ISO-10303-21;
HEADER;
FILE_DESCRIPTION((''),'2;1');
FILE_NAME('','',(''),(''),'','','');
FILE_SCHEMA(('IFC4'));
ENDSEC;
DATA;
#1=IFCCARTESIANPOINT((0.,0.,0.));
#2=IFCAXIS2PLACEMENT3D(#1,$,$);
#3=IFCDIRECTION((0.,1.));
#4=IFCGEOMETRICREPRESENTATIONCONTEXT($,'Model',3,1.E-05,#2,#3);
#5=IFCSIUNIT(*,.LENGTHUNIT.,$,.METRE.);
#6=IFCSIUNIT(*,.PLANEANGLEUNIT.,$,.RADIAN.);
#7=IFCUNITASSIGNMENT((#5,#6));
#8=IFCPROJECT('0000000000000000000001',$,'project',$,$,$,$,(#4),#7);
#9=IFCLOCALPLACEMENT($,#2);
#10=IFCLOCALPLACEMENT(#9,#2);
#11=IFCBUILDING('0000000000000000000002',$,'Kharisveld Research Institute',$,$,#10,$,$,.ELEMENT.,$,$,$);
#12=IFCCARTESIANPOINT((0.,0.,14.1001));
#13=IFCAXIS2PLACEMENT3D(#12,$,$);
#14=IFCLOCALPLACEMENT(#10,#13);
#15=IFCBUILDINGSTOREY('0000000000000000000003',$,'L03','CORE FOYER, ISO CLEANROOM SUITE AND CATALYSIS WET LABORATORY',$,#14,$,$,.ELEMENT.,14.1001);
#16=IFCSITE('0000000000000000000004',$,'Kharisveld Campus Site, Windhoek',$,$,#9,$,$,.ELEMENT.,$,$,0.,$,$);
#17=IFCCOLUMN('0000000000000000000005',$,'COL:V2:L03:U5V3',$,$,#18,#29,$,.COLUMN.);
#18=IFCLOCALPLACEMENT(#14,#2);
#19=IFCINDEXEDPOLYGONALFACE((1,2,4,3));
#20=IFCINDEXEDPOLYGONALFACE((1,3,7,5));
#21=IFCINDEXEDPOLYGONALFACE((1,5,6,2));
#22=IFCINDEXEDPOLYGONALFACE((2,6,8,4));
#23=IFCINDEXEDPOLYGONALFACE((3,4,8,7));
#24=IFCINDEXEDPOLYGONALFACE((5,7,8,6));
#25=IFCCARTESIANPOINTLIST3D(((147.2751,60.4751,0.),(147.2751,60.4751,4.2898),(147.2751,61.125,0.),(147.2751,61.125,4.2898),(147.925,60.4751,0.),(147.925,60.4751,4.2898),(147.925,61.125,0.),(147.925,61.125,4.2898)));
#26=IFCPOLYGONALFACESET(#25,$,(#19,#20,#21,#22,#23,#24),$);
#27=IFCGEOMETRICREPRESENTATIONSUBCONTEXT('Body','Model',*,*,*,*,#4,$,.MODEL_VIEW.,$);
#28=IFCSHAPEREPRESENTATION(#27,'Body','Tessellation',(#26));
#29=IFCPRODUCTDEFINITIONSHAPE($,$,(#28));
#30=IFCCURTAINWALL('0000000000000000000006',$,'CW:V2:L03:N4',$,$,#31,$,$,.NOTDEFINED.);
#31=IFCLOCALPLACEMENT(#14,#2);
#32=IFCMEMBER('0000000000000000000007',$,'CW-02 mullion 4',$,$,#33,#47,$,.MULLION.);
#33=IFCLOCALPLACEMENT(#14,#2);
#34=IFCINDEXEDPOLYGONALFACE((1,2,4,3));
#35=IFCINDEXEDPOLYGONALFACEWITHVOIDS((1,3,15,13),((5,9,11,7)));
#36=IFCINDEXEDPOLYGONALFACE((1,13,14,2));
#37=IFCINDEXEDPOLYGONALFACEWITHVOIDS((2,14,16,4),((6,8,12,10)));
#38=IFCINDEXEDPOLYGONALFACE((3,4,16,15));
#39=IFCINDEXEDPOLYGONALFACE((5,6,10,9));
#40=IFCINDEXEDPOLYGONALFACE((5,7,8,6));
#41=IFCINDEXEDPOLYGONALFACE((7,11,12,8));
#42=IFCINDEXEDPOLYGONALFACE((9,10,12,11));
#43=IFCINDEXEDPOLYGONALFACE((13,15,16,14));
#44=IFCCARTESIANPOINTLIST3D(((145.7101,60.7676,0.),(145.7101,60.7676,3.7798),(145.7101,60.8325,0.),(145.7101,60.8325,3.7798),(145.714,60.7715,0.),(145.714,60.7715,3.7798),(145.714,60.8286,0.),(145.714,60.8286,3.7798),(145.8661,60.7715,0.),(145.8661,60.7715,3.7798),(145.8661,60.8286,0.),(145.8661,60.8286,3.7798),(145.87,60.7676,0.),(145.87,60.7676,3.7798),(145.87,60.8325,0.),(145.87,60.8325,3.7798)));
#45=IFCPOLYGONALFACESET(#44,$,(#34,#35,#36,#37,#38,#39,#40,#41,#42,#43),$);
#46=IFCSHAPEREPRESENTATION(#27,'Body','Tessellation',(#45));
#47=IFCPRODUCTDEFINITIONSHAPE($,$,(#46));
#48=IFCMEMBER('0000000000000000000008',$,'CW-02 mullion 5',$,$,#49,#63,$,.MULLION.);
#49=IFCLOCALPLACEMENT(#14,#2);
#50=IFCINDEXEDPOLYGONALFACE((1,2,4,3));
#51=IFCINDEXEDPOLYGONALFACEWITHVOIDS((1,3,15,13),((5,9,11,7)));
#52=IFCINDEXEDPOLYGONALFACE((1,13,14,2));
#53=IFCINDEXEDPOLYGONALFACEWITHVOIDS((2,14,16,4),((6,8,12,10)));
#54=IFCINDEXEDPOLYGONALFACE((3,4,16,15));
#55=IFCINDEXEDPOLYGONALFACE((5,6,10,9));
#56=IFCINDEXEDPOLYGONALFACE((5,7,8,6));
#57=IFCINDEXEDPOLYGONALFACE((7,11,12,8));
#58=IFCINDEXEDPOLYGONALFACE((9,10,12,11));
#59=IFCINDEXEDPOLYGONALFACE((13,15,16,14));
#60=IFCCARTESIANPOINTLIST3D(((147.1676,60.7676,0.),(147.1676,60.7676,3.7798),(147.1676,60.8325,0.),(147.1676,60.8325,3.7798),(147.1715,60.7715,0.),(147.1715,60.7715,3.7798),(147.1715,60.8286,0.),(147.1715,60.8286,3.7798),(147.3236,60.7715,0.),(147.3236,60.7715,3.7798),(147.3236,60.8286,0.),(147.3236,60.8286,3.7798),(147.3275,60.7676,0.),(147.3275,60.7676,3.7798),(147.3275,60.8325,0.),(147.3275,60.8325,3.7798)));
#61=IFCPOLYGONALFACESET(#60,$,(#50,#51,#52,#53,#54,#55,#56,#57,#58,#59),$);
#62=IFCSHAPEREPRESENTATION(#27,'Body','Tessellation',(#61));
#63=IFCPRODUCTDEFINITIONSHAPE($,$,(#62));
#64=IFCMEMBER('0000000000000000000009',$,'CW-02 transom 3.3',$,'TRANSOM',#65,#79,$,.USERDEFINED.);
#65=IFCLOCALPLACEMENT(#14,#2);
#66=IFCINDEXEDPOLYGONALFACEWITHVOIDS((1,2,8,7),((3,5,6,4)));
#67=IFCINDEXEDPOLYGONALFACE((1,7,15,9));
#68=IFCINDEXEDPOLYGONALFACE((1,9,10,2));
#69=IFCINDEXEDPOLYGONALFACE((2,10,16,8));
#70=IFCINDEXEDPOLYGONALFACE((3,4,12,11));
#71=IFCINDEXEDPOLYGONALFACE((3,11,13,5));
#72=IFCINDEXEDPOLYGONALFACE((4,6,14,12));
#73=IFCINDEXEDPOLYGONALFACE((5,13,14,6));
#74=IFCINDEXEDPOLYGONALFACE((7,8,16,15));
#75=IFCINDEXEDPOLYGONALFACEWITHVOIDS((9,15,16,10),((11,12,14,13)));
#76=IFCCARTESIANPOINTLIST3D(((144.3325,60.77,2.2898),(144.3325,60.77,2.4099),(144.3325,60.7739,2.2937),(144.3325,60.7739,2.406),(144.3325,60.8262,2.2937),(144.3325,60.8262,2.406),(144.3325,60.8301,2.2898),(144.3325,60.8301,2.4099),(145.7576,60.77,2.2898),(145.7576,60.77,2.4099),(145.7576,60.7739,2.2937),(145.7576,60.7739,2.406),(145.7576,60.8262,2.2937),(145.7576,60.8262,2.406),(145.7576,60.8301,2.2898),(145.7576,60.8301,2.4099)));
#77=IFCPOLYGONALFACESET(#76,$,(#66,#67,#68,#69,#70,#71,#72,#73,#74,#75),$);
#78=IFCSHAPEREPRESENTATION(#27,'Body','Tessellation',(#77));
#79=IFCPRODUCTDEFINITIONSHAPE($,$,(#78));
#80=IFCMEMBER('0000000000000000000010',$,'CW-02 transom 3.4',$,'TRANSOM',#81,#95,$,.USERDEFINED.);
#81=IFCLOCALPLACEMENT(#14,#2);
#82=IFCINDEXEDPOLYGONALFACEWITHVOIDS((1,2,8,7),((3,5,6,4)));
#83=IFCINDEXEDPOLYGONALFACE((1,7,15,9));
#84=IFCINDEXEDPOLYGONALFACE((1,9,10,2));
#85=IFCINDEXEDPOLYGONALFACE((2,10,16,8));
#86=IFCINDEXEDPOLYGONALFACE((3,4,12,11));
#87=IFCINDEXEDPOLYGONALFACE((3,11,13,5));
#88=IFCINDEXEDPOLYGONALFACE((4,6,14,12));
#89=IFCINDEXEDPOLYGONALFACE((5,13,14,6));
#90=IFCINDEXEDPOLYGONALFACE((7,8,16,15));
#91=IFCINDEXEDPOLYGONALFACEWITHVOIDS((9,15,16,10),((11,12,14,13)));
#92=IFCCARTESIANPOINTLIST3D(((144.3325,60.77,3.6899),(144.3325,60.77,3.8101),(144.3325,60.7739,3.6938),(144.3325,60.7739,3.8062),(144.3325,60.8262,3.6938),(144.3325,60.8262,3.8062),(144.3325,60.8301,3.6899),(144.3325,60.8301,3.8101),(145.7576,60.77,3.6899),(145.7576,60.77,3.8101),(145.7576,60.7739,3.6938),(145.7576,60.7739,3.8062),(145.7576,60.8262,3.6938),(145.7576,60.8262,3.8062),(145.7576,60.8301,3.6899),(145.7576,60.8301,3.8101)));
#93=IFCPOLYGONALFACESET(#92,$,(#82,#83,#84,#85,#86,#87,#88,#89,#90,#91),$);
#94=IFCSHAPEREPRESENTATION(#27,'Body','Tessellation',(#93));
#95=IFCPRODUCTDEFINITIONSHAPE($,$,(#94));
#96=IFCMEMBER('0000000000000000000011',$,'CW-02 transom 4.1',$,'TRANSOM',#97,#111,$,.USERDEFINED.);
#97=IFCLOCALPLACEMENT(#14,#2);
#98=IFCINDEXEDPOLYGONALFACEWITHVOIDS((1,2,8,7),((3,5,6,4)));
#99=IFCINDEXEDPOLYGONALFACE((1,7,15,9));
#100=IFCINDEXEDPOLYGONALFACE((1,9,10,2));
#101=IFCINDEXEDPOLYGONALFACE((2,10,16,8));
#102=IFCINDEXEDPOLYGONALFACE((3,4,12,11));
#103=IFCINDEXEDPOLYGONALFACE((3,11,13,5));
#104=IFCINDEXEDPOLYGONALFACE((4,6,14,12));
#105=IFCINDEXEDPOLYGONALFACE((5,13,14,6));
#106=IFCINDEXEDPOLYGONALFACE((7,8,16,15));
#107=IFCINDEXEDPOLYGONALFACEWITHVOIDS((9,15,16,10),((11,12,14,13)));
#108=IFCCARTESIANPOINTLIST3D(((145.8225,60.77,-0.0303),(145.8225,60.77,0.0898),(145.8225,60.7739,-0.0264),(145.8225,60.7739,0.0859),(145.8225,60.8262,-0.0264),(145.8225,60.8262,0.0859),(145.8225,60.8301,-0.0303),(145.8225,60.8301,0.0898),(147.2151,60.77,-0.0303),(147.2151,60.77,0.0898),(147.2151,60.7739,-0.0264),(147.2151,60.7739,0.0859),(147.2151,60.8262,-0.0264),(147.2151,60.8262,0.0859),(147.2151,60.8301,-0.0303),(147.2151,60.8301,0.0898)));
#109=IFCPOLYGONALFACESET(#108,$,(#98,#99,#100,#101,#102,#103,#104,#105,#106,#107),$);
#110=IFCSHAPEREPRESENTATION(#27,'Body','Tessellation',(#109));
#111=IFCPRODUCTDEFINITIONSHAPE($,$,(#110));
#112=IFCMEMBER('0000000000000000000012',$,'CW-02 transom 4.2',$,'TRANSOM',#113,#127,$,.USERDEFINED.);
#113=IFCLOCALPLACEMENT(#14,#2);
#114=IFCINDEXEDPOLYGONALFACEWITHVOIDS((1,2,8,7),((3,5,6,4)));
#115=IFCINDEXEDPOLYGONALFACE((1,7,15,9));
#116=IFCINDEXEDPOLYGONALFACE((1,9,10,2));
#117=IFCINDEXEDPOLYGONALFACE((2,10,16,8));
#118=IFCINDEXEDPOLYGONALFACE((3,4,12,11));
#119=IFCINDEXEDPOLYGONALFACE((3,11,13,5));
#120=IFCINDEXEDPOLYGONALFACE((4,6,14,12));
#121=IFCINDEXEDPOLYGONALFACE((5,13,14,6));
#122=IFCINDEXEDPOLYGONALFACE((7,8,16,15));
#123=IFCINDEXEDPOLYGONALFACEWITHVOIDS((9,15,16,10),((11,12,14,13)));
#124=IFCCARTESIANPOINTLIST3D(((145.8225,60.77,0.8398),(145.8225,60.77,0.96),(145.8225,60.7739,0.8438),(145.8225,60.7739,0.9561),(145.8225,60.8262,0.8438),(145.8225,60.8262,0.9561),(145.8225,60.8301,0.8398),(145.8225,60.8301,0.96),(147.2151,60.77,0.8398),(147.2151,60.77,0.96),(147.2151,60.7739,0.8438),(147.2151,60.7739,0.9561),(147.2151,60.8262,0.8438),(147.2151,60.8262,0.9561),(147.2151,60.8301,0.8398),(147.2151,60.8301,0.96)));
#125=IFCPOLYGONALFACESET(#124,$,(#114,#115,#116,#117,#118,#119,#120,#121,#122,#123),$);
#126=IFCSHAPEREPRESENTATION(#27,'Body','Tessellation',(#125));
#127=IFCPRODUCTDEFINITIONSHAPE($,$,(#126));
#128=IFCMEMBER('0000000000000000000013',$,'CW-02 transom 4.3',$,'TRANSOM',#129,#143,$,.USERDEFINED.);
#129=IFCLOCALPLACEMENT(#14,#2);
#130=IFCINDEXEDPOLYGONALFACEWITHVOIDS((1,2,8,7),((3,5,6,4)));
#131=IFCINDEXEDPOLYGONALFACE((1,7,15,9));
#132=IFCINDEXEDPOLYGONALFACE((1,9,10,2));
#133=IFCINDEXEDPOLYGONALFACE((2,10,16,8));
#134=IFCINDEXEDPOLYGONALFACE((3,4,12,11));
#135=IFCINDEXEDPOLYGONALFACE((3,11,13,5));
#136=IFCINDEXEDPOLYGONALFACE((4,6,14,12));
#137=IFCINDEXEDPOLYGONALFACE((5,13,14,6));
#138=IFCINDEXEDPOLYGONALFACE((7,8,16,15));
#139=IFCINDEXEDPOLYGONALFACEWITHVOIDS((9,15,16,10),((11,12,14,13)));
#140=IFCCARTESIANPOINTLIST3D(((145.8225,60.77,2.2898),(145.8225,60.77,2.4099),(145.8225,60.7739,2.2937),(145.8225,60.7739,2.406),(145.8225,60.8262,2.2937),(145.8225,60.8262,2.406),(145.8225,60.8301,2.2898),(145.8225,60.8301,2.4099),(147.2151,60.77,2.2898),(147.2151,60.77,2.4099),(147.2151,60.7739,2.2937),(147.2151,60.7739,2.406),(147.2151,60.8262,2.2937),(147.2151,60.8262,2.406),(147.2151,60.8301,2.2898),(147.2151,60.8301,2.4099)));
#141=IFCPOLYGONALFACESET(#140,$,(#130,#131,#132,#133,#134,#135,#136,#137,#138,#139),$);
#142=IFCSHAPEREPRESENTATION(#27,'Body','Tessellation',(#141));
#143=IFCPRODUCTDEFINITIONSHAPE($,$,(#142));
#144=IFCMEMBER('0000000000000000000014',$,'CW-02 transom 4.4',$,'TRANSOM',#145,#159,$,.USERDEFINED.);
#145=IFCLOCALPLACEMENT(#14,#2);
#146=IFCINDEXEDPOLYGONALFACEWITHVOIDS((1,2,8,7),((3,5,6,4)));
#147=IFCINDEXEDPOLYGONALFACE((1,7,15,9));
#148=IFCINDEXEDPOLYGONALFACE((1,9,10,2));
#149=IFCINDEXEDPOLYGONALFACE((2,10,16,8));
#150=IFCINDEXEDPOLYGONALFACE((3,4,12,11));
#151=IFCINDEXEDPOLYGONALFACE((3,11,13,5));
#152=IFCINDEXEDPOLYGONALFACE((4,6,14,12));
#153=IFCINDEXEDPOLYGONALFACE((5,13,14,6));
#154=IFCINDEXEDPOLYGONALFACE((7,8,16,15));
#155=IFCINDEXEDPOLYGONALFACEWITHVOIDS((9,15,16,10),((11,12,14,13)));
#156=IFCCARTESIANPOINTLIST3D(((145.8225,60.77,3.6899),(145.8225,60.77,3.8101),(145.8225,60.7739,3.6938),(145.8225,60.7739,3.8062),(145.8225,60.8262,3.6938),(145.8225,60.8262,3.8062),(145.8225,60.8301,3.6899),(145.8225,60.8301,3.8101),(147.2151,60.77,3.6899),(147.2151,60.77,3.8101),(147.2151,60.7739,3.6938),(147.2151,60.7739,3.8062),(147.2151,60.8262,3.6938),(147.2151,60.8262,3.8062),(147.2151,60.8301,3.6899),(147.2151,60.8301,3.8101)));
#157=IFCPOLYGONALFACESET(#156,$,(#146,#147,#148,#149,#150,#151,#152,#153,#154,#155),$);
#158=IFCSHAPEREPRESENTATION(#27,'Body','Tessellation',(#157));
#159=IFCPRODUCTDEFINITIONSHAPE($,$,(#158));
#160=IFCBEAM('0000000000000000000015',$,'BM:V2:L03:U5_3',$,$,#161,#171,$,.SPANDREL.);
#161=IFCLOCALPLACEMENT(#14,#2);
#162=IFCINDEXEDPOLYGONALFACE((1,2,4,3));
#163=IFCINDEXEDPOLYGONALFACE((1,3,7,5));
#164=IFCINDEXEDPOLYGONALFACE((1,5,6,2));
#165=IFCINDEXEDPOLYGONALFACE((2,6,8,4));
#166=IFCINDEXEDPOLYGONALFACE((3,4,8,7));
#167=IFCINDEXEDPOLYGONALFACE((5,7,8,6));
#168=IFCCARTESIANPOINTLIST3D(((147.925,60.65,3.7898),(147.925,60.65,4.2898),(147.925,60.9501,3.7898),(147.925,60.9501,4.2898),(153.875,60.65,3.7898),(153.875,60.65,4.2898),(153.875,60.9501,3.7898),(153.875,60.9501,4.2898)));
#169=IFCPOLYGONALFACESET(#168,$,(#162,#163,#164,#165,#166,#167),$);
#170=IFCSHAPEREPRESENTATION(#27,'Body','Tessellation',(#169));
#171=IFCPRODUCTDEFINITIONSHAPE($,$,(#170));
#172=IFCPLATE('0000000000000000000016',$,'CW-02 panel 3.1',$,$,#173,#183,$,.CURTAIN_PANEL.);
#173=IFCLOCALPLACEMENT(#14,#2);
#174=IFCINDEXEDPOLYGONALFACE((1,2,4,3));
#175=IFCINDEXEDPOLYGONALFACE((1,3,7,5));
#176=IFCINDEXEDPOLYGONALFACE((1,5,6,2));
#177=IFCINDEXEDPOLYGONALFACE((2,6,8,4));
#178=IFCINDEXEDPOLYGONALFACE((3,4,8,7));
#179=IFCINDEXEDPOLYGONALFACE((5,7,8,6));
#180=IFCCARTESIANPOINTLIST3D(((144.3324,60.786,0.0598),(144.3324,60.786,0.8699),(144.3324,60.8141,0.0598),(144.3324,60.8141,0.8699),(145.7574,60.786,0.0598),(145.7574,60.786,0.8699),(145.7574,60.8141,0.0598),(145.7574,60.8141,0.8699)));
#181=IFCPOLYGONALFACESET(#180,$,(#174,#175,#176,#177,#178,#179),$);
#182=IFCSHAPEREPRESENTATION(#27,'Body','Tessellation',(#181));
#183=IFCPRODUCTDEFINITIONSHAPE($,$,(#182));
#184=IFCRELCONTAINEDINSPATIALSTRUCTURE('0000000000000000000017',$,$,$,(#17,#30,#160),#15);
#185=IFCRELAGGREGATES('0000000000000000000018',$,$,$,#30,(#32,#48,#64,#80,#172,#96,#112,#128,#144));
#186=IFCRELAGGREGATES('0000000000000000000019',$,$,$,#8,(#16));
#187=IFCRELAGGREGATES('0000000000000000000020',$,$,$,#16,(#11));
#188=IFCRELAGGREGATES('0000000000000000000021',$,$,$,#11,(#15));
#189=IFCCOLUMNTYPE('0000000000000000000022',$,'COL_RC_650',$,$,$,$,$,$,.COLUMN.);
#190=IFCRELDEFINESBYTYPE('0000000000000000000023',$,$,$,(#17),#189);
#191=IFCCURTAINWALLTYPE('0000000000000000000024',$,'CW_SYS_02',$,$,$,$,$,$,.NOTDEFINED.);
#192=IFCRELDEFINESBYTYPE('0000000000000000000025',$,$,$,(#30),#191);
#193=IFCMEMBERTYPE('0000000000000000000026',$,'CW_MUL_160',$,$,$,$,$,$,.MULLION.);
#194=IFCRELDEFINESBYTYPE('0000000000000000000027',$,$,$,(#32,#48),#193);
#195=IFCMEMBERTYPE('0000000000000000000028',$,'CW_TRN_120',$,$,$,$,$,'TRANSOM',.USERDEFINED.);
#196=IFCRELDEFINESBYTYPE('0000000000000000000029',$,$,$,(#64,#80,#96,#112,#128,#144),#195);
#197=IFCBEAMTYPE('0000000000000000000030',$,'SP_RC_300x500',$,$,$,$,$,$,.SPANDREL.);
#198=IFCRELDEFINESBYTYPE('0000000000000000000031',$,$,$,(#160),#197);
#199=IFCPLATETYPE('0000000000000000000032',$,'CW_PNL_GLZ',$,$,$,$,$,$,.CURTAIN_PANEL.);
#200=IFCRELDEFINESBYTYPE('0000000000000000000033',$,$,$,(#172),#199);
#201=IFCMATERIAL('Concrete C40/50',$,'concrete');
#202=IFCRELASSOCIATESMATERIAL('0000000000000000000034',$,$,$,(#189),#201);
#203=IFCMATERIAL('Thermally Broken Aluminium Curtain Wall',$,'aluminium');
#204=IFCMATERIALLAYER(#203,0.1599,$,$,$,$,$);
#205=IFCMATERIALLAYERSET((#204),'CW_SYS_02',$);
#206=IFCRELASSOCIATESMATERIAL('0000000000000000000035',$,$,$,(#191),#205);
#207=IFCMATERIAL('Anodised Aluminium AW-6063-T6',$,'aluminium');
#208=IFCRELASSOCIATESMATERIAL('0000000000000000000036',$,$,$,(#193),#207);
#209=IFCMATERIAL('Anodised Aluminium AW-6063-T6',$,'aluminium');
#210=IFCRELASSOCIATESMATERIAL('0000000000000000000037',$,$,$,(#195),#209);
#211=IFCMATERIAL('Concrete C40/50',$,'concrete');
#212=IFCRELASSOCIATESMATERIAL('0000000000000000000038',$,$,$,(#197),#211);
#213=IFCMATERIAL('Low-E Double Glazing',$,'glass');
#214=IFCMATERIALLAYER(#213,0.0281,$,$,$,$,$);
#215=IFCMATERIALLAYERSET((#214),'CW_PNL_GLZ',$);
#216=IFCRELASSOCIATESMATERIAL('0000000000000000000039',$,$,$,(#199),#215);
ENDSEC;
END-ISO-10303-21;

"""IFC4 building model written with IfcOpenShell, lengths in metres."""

from ifc_helpers import new_model, si_unit, direction, frame, origin, origin_2d, place, context, subcontext, project, spatial, rectangle, hollow_rectangle, extrude, material, layer, layer_set, material_profile, profile_set, type_object, element, aggregate, save


model = new_model("IFC4")

# Units and contexts
model_context = context("Model", 3, precision=1e-05, world=origin(), true_north=direction((0.0, 1.0)))
body_context = subcontext(model_context, "Body", "Model", "MODEL_VIEW")
ifc_project = project(units=[si_unit("LENGTHUNIT", "METRE"), si_unit("PLANEANGLEUNIT", "RADIAN")], contexts=[model_context])

# Site, building, storey
site_placement = place(None, origin())
site = spatial("IfcSite", under=ifc_project, at=site_placement, Name="Kharisveld Campus Site, Windhoek", CompositionType="ELEMENT", RefElevation=0.0)
building_placement = place(site_placement, origin())
building = spatial("IfcBuilding", under=site, at=building_placement, Name="Kharisveld Research Institute", CompositionType="ELEMENT")
storey_placement = place(building_placement, frame((0.0, 0.0, 14.1001)))
storey = spatial("IfcBuildingStorey", under=building, at=storey_placement, Name="L03", Description="CORE FOYER, ISO CLEANROOM SUITE AND CATALYSIS WET LABORATORY", CompositionType="ELEMENT", Elevation=14.1001)

# Column
ifc_material_1 = material(Name="Concrete C40/50", Category="concrete")
ifc_material_profile_1 = material_profile(ifc_material_1, rectangle(XDim=0.6499, YDim=0.6499, at=origin_2d()))
ifc_profile_set_1 = profile_set([ifc_material_profile_1], Name="Concrete C40/50")
column_type = type_object("IfcColumnType", Name="COL_RC_650", PredefinedType="COLUMN", material=ifc_profile_set_1)
column_placement = place(storey_placement, frame((147.6001, 60.8, 0.0), z_axis=(0.0, 0.0, 1.0), x_axis=(1.0, 0.0, 0.0)))
element("IfcColumn", 1, at=column_placement, inside=storey, type_object=column_type, Name="COL:V2:L03:U5V3", PredefinedType="COLUMN", context=body_context, shape_type="SweptSolid", body=[
    extrude(rectangle(XDim=0.6499, YDim=0.6499, at=origin_2d()), origin(), (0.0, 0.0, 1.0), 4.2898),
])

# Curtain wall, members
ifc_material_2 = material(Name="Thermally Broken Aluminium Curtain Wall", Category="aluminium")
ifc_layer_1 = layer(ifc_material_2, 0.1599)
ifc_layer_set_1 = layer_set([ifc_layer_1], Name="CW_SYS_02")
curtain_wall_type = type_object("IfcCurtainWallType", Name="CW_SYS_02", PredefinedType="NOTDEFINED", material=ifc_layer_set_1)
curtain_wall_placement = place(storey_placement, origin())
curtain_wall = element("IfcCurtainWall", 2, at=curtain_wall_placement, inside=storey, type_object=curtain_wall_type, Name="CW:V2:L03:N4", PredefinedType="NOTDEFINED")
ifc_material_3 = material(Name="Anodised Aluminium AW-6063-T6", Category="aluminium")
ifc_material_profile_2 = material_profile(ifc_material_3, hollow_rectangle(XDim=0.0649, YDim=0.1599, WallThickness=0.0039, at=origin_2d()))
ifc_profile_set_2 = profile_set([ifc_material_profile_2], Name="Anodised Aluminium AW-6063-T6")
member_type_1 = type_object("IfcMemberType", Name="CW_MUL_160", PredefinedType="MULLION", material=ifc_profile_set_2)
member_1_placement = place(storey_placement, frame((145.79, 60.8, 0.0), z_axis=(0.0, 0.0, 1.0), x_axis=(0.0, 1.0, 0.0)))
member_1 = element("IfcMember", 3, at=member_1_placement, type_object=member_type_1, Name="CW-02 mullion 4", PredefinedType="MULLION", context=body_context, shape_type="SweptSolid", body=[
    extrude(hollow_rectangle(XDim=0.0649, YDim=0.1599, WallThickness=0.0039, at=origin_2d()), origin(), (0.0, 0.0, 1.0), 3.7798),
])
member_2_placement = place(storey_placement, frame((147.2476, 60.8, 0.0), z_axis=(0.0, 0.0, 1.0), x_axis=(0.0, 1.0, 0.0)))
member_2 = element("IfcMember", 4, at=member_2_placement, type_object=member_type_1, Name="CW-02 mullion 5", PredefinedType="MULLION", context=body_context, shape_type="SweptSolid", body=[
    extrude(hollow_rectangle(XDim=0.0649, YDim=0.1599, WallThickness=0.0039, at=origin_2d()), origin(), (0.0, 0.0, 1.0), 3.7798),
])
ifc_material_4 = material(Name="Anodised Aluminium AW-6063-T6", Category="aluminium")
ifc_material_profile_3 = material_profile(ifc_material_4, hollow_rectangle(XDim=0.0601, YDim=0.1201, WallThickness=0.0039, at=origin_2d()))
ifc_profile_set_3 = profile_set([ifc_material_profile_3], Name="Anodised Aluminium AW-6063-T6")
member_type_2 = type_object("IfcMemberType", Name="CW_TRN_120", ElementType="TRANSOM", PredefinedType="USERDEFINED", material=ifc_profile_set_3)
member_3_placement = place(storey_placement, frame((144.3325, 60.8, 2.3499), z_axis=(1.0, 0.0, 0.0), x_axis=(0.0, 1.0, 0.0)))
member_3 = element("IfcMember", 5, at=member_3_placement, type_object=member_type_2, Name="CW-02 transom 3.3", ObjectType="TRANSOM", PredefinedType="USERDEFINED", context=body_context, shape_type="SweptSolid", body=[
    extrude(hollow_rectangle(XDim=0.0601, YDim=0.1201, WallThickness=0.0039, at=origin_2d()), origin(), (0.0, 0.0, 1.0), 1.425),
])
member_4_placement = place(storey_placement, frame((144.3325, 60.8, 3.75), z_axis=(1.0, 0.0, 0.0), x_axis=(0.0, 1.0, 0.0)))
member_4 = element("IfcMember", 6, at=member_4_placement, type_object=member_type_2, Name="CW-02 transom 3.4", ObjectType="TRANSOM", PredefinedType="USERDEFINED", context=body_context, shape_type="SweptSolid", body=[
    extrude(hollow_rectangle(XDim=0.0601, YDim=0.1201, WallThickness=0.0039, at=origin_2d()), origin(), (0.0, 0.0, 1.0), 1.425),
])
member_5_placement = place(storey_placement, frame((145.8225, 60.8, 0.0298), z_axis=(1.0, 0.0, 0.0), x_axis=(0.0, 1.0, 0.0)))
member_5 = element("IfcMember", 7, at=member_5_placement, type_object=member_type_2, Name="CW-02 transom 4.1", ObjectType="TRANSOM", PredefinedType="USERDEFINED", context=body_context, shape_type="SweptSolid", body=[
    extrude(hollow_rectangle(XDim=0.0601, YDim=0.1201, WallThickness=0.0039, at=origin_2d()), origin(), (0.0, 0.0, 1.0), 1.3926),
])
member_6_placement = place(storey_placement, frame((145.8225, 60.8, 0.8999), z_axis=(1.0, 0.0, 0.0), x_axis=(0.0, 1.0, 0.0)))
member_6 = element("IfcMember", 8, at=member_6_placement, type_object=member_type_2, Name="CW-02 transom 4.2", ObjectType="TRANSOM", PredefinedType="USERDEFINED", context=body_context, shape_type="SweptSolid", body=[
    extrude(hollow_rectangle(XDim=0.0601, YDim=0.1201, WallThickness=0.0039, at=origin_2d()), origin(), (0.0, 0.0, 1.0), 1.3926),
])
member_7_placement = place(storey_placement, frame((145.8225, 60.8, 2.3499), z_axis=(1.0, 0.0, 0.0), x_axis=(0.0, 1.0, 0.0)))
member_7 = element("IfcMember", 9, at=member_7_placement, type_object=member_type_2, Name="CW-02 transom 4.3", ObjectType="TRANSOM", PredefinedType="USERDEFINED", context=body_context, shape_type="SweptSolid", body=[
    extrude(hollow_rectangle(XDim=0.0601, YDim=0.1201, WallThickness=0.0039, at=origin_2d()), origin(), (0.0, 0.0, 1.0), 1.3926),
])
member_8_placement = place(storey_placement, frame((145.8225, 60.8, 3.75), z_axis=(1.0, 0.0, 0.0), x_axis=(0.0, 1.0, 0.0)))
member_8 = element("IfcMember", 10, at=member_8_placement, type_object=member_type_2, Name="CW-02 transom 4.4", ObjectType="TRANSOM", PredefinedType="USERDEFINED", context=body_context, shape_type="SweptSolid", body=[
    extrude(hollow_rectangle(XDim=0.0601, YDim=0.1201, WallThickness=0.0039, at=origin_2d()), origin(), (0.0, 0.0, 1.0), 1.3926),
])

# Beam
ifc_material_5 = material(Name="Concrete C40/50", Category="concrete")
ifc_material_profile_4 = material_profile(ifc_material_5, rectangle(XDim=0.3, YDim=0.5, at=origin_2d()))
ifc_profile_set_4 = profile_set([ifc_material_profile_4], Name="Concrete C40/50")
beam_type = type_object("IfcBeamType", Name="SP_RC_300x500", PredefinedType="SPANDREL", material=ifc_profile_set_4)
beam_placement = place(storey_placement, frame((147.925, 60.8, 4.0398), z_axis=(1.0, 0.0, 0.0), x_axis=(0.0, 1.0, 0.0)))
element("IfcBeam", 11, at=beam_placement, inside=storey, type_object=beam_type, Name="BM:V2:L03:U5_3", PredefinedType="SPANDREL", context=body_context, shape_type="SweptSolid", body=[
    extrude(rectangle(XDim=0.3, YDim=0.5, at=origin_2d()), origin(), (0.0, 0.0, 1.0), 5.95),
])

# Plate
ifc_material_6 = material(Name="Low-E Double Glazing", Category="glass")
ifc_layer_2 = layer(ifc_material_6, 0.0281)
ifc_layer_set_2 = layer_set([ifc_layer_2], Name="CW_PNL_GLZ")
plate_type = type_object("IfcPlateType", Name="CW_PNL_GLZ", PredefinedType="CURTAIN_PANEL", material=ifc_layer_set_2)
plate_1_placement = place(storey_placement, frame((145.0449, 60.8, 0.0598), z_axis=(0.0, 0.0, 1.0), x_axis=(1.0, 0.0, 0.0)))
plate_1 = element("IfcPlate", 12, at=plate_1_placement, type_object=plate_type, Name="CW-02 panel 3.1", PredefinedType="CURTAIN_PANEL", context=body_context, shape_type="SweptSolid", body=[
    extrude(rectangle(XDim=1.425, YDim=0.0281, at=origin_2d()), origin(), (0.0, 0.0, 1.0), 0.8101),
])
aggregate(curtain_wall, [member_1, member_2, member_3, member_4, plate_1, member_5, member_6, member_7, member_8])

save(model, "model.ifc")
